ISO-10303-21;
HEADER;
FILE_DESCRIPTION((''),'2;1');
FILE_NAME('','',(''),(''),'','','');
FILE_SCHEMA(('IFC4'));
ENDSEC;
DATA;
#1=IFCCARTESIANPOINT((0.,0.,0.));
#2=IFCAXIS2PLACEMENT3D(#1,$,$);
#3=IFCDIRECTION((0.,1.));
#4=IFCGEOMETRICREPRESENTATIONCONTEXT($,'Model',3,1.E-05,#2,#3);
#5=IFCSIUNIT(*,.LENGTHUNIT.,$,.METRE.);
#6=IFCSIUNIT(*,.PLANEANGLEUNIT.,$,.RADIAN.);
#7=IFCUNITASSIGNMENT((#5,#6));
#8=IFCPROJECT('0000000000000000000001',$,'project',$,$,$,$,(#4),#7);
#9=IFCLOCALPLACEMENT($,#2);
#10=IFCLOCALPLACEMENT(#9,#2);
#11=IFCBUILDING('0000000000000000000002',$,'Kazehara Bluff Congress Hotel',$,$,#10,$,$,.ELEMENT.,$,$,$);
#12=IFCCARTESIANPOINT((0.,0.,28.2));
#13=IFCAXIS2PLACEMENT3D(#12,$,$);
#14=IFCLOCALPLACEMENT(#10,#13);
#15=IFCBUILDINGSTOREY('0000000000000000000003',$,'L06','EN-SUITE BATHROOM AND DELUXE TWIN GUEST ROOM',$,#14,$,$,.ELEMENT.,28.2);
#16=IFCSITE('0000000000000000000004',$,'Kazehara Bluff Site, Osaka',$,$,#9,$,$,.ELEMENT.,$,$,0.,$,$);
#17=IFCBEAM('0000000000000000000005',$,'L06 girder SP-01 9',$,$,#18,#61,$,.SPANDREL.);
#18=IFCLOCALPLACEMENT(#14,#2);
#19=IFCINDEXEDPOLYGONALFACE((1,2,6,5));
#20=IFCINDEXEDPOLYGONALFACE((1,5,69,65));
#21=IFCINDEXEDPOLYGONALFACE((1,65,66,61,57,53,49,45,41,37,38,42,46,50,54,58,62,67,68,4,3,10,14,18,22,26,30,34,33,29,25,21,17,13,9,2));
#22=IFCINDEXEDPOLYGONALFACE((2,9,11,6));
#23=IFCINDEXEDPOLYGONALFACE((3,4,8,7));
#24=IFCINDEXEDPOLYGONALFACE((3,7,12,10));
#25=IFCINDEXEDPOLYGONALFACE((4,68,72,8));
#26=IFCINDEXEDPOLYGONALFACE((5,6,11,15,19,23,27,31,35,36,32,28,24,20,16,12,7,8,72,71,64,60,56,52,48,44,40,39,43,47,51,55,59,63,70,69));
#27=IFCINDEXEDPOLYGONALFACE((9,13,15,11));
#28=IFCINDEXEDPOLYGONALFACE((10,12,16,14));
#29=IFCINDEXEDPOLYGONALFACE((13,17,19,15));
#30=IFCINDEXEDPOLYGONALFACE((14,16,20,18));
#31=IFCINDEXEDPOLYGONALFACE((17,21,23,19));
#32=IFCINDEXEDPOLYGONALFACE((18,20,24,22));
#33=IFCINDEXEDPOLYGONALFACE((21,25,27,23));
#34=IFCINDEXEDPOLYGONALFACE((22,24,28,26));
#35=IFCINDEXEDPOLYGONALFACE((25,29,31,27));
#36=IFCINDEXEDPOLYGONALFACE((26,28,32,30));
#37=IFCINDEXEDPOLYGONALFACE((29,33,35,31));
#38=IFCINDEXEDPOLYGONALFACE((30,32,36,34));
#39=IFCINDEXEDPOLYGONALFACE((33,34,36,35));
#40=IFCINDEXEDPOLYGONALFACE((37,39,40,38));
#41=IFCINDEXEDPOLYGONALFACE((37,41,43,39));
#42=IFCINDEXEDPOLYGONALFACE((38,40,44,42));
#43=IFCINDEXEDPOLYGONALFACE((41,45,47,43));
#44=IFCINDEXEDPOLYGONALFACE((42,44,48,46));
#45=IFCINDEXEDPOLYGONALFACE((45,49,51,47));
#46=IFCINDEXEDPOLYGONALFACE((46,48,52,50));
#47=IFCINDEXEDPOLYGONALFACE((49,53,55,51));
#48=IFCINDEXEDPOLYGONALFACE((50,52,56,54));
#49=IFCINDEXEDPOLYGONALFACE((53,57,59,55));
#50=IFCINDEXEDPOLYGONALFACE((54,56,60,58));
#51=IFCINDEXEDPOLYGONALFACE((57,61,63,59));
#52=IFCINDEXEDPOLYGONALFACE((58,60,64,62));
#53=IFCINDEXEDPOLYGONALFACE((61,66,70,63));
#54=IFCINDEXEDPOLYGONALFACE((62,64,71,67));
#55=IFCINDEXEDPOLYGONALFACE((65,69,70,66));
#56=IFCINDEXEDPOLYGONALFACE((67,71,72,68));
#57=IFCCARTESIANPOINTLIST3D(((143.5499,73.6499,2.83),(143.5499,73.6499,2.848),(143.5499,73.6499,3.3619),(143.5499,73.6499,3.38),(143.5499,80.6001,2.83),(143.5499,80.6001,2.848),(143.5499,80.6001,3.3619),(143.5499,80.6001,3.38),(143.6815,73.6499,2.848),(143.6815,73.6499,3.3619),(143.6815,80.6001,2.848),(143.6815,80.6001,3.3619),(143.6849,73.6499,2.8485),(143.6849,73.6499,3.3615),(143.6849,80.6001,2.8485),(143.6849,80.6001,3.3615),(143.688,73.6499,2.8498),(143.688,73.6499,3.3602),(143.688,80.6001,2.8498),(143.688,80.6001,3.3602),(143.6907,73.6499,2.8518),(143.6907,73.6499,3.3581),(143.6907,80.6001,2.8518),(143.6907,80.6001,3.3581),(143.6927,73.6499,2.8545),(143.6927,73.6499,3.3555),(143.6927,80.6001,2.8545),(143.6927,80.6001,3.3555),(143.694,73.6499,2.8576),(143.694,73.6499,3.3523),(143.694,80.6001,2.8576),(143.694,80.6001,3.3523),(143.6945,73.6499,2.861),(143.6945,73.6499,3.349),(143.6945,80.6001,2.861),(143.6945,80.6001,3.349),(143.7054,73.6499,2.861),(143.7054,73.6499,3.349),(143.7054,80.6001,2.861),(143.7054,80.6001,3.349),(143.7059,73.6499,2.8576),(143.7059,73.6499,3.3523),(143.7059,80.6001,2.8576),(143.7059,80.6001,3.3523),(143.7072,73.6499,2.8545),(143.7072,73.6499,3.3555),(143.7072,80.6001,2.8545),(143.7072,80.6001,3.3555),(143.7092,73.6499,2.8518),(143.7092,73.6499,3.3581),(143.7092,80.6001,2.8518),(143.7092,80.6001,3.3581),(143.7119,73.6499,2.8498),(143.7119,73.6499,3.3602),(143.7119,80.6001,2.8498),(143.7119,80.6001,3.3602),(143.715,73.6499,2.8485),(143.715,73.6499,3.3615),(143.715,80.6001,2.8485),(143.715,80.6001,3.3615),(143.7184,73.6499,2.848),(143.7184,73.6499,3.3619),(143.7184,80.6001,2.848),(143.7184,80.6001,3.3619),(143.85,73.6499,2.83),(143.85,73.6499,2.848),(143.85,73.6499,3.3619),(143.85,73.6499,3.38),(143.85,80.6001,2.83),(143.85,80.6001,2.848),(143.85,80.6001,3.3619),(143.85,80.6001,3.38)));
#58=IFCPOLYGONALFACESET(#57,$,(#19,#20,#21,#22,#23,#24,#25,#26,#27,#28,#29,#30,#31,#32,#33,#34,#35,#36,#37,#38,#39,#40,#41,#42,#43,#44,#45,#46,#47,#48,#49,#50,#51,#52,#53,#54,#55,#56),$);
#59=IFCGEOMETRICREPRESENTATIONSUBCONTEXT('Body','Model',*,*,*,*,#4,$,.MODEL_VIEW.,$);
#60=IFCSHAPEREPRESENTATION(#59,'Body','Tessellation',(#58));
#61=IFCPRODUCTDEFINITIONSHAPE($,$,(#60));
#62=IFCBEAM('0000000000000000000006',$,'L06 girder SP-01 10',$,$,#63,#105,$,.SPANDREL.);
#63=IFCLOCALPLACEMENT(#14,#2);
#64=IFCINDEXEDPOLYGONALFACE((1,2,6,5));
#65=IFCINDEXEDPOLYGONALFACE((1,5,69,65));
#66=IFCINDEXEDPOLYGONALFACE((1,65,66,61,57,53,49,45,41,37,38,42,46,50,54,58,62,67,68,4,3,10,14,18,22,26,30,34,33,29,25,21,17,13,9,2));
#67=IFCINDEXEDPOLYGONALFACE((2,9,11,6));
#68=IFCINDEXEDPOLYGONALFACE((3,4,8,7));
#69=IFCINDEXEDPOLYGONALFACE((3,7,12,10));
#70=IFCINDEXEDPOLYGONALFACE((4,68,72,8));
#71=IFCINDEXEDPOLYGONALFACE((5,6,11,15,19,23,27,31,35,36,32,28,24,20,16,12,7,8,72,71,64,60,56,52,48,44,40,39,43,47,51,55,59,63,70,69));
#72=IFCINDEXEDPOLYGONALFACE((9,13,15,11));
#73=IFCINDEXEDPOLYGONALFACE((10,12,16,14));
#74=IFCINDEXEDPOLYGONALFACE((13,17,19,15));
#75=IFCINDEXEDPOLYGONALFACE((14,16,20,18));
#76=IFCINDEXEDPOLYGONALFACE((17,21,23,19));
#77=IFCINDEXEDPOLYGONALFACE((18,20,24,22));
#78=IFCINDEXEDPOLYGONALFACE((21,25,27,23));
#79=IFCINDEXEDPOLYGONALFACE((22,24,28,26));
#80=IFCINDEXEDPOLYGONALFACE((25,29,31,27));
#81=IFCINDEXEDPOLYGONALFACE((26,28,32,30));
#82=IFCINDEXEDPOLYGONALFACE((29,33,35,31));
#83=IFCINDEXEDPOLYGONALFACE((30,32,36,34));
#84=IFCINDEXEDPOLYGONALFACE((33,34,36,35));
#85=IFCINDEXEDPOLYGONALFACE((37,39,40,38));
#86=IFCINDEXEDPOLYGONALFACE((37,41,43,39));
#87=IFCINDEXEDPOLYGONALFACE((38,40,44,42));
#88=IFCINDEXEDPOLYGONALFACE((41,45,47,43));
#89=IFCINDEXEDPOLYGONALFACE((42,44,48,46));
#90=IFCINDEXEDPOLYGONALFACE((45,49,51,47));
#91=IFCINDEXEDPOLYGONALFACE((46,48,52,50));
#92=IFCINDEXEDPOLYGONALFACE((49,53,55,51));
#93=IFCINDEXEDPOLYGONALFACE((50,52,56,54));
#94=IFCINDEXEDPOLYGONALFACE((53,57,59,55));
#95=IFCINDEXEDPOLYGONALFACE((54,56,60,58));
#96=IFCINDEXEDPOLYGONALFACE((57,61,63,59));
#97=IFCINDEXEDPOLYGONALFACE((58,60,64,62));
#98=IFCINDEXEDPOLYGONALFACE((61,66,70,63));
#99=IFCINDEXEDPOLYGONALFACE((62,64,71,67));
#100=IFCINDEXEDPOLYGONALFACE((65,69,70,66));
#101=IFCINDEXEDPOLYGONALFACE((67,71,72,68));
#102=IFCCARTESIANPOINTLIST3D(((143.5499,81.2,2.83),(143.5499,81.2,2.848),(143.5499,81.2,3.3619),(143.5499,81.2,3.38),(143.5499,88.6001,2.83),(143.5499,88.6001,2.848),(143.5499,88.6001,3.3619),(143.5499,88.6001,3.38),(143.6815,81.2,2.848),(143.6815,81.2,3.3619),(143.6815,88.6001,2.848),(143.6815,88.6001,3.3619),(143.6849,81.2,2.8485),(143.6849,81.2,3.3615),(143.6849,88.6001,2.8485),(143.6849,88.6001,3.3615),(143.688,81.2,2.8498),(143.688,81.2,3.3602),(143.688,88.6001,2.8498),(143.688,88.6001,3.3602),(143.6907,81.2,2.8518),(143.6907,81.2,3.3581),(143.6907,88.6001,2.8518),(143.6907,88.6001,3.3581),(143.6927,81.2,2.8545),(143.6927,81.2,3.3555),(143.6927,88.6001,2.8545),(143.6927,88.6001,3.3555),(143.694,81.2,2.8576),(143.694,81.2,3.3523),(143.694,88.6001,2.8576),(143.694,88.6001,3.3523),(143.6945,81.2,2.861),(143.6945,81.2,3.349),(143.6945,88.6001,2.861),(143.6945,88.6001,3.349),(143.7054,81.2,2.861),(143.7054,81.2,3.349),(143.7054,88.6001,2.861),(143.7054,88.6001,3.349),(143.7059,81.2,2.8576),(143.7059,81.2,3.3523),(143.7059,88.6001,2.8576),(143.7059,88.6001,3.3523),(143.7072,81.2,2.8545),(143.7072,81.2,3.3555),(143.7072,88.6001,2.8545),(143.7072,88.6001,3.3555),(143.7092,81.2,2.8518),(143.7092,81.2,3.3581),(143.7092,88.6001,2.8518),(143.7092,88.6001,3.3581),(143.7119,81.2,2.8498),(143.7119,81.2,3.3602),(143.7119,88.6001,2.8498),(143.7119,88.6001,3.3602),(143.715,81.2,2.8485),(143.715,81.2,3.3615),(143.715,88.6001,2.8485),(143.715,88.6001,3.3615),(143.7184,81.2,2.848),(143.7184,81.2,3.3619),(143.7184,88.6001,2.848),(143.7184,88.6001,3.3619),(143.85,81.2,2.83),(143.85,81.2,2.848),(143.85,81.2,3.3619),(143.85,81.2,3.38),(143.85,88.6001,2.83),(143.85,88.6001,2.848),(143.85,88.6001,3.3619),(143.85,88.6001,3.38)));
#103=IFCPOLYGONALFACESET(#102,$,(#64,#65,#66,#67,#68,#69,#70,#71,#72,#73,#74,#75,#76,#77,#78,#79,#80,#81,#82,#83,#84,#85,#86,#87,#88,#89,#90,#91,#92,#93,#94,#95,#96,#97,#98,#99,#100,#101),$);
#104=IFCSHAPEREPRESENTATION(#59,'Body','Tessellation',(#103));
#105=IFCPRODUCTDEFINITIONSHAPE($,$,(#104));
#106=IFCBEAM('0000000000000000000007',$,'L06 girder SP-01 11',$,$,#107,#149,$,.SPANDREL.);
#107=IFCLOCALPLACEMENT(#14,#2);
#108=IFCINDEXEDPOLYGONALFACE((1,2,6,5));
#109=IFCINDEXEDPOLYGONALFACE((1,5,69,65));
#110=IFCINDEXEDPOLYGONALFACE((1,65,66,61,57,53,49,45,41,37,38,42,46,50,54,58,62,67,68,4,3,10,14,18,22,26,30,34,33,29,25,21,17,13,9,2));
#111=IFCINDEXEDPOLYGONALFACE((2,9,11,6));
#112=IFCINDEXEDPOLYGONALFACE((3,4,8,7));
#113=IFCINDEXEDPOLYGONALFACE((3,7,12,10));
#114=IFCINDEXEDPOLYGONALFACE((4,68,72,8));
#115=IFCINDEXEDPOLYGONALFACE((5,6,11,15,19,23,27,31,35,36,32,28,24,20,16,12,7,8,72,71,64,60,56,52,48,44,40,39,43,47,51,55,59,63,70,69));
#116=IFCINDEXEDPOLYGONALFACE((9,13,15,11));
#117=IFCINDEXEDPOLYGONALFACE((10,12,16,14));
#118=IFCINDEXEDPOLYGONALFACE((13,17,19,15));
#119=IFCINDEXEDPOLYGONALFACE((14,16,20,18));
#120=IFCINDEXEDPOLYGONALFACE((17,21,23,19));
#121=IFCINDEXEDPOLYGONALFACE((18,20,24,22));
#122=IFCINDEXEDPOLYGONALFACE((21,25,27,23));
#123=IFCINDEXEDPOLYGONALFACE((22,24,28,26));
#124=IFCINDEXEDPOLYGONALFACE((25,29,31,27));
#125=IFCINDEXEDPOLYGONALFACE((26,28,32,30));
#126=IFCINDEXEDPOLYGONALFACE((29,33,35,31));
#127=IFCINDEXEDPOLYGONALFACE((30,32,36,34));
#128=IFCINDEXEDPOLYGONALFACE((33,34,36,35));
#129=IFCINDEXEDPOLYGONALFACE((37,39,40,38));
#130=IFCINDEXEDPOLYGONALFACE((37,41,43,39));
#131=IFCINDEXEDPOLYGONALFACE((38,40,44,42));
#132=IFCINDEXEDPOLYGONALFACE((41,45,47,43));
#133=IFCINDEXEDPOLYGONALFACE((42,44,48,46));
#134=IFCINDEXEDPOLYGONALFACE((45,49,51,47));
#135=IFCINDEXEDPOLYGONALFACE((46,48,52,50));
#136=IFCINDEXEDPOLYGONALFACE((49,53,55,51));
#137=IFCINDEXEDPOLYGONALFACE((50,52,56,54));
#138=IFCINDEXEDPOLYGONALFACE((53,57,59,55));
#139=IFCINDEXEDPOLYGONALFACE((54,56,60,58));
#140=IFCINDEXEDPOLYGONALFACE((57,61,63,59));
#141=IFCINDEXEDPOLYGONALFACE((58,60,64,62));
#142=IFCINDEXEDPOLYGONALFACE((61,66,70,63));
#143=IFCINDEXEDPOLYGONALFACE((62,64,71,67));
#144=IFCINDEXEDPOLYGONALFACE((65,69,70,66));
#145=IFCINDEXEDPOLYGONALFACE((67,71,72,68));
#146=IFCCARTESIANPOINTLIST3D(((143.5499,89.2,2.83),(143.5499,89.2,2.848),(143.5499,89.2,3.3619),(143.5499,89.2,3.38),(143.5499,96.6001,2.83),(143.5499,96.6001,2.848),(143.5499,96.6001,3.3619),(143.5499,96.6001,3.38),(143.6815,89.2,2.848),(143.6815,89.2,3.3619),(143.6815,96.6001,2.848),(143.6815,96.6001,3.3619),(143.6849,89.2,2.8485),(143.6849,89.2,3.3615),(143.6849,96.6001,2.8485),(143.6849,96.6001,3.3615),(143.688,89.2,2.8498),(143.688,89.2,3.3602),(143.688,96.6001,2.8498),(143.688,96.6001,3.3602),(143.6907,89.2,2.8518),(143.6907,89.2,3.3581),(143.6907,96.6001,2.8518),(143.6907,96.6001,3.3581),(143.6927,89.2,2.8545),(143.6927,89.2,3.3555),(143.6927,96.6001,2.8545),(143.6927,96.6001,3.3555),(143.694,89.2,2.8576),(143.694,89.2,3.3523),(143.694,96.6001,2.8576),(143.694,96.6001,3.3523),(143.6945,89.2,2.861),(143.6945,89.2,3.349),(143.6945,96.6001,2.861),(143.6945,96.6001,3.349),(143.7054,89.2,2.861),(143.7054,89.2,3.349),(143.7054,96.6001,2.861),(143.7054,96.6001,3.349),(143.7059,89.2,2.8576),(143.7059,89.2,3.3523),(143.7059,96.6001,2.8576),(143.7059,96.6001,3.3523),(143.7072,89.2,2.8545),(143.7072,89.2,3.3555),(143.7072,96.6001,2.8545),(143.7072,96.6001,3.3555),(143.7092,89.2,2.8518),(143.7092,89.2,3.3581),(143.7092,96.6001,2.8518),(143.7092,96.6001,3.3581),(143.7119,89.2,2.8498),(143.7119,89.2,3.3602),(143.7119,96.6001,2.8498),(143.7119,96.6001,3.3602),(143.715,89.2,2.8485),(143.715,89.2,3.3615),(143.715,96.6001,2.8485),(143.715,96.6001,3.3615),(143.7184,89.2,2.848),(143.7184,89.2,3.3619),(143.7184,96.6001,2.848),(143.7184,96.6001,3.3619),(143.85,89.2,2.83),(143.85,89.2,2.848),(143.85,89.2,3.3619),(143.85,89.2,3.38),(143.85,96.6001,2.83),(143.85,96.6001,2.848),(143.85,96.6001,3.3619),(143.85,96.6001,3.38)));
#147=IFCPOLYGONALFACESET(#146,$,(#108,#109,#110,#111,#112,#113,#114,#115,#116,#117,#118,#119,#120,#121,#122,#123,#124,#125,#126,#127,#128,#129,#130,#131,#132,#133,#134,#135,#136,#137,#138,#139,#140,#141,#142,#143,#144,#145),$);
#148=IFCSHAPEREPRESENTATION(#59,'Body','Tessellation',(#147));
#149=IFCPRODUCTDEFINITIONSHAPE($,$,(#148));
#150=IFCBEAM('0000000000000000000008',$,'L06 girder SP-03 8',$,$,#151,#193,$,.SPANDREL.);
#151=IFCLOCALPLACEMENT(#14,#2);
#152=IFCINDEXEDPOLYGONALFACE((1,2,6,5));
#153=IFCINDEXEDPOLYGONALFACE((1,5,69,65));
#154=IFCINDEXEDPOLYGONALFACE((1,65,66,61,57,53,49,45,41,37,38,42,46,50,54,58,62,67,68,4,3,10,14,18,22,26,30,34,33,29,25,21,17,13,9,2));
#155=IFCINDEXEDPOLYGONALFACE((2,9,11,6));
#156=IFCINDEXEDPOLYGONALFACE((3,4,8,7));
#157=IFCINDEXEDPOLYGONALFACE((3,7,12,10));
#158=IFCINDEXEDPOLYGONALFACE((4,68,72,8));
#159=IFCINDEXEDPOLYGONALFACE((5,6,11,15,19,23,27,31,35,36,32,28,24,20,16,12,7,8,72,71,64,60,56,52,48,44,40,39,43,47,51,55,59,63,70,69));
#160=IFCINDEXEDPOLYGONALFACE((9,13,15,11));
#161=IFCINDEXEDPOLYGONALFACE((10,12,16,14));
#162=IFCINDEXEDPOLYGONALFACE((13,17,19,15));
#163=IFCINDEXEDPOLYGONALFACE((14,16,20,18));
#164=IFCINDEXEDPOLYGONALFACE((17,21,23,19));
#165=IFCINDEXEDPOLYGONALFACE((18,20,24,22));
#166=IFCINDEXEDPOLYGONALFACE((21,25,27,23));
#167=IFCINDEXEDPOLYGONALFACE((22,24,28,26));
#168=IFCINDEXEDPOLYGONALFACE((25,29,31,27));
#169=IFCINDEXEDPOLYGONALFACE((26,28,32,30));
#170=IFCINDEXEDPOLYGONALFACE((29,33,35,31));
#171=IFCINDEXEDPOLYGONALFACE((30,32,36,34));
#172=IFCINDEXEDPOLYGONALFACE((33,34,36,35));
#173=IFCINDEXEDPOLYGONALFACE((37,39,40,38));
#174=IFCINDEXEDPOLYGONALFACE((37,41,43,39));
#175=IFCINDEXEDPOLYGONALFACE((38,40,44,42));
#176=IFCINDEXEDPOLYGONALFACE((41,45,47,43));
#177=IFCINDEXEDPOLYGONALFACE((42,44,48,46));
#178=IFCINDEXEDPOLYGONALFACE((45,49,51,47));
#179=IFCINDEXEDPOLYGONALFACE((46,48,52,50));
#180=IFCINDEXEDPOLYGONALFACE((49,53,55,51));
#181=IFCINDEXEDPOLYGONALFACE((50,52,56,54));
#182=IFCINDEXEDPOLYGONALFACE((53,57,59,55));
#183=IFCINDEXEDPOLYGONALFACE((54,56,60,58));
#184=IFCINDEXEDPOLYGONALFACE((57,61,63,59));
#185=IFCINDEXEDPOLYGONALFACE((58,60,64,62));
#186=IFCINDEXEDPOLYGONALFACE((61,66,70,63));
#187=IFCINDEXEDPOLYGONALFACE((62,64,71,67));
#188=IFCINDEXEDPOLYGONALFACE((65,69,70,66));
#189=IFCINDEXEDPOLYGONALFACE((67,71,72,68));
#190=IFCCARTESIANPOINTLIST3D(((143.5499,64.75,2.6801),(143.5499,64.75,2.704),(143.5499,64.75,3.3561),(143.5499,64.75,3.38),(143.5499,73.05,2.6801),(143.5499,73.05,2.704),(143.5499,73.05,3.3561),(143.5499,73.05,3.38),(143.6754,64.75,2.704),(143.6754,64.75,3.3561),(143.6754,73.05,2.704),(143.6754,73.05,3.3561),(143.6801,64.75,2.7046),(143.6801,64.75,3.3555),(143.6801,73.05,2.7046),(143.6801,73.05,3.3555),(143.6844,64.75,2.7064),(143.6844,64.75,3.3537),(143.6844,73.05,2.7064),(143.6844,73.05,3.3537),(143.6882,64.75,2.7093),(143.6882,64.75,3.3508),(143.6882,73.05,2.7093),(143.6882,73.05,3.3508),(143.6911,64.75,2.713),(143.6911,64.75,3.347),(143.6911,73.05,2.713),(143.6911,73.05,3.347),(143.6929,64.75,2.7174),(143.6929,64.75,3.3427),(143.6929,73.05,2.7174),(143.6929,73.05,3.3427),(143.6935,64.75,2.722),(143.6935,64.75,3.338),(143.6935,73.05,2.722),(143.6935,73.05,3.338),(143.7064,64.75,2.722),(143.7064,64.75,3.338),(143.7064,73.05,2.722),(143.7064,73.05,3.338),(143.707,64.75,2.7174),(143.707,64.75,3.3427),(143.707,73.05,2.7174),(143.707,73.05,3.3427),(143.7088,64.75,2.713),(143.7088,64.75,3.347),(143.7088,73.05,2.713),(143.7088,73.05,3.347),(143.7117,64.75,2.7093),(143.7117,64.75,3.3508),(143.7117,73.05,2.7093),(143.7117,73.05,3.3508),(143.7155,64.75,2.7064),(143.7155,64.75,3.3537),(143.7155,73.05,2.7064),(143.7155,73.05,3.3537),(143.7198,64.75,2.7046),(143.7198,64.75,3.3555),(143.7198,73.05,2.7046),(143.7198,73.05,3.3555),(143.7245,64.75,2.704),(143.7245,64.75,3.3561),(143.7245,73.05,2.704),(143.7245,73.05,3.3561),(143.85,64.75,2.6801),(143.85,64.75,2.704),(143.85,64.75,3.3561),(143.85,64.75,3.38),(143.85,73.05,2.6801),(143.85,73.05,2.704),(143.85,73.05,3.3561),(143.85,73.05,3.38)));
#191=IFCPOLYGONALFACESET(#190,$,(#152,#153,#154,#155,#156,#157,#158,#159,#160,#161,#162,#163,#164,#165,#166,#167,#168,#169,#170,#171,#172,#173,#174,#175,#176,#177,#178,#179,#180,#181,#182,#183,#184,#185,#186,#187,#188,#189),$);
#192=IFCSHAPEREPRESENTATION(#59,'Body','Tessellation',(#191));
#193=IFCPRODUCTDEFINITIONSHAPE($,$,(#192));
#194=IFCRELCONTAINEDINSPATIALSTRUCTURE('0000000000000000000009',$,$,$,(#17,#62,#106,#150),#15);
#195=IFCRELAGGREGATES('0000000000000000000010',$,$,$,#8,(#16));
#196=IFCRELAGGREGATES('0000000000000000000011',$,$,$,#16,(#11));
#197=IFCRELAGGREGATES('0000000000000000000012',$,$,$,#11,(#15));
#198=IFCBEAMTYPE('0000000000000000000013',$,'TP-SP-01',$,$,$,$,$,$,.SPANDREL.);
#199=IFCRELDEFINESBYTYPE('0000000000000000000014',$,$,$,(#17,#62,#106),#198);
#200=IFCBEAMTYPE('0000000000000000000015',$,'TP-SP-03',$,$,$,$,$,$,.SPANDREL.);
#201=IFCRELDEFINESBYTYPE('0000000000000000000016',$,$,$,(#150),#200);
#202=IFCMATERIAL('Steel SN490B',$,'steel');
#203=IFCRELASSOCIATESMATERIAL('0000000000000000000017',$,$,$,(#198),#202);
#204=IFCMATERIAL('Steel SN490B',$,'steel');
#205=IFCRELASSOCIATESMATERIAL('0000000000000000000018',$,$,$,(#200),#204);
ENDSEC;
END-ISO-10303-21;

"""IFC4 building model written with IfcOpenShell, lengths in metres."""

from ifc_helpers import new_model, si_unit, direction, frame, origin, origin_2d, place, context, subcontext, project, spatial, i_section, extrude, material, material_profile, profile_set, type_object, element, save


model = new_model("IFC4")

# Units and contexts
model_context = context("Model", 3, precision=1e-05, world=origin(), true_north=direction((0.0, 1.0)))
body_context = subcontext(model_context, "Body", "Model", "MODEL_VIEW")
ifc_project = project(units=[si_unit("LENGTHUNIT", "METRE"), si_unit("PLANEANGLEUNIT", "RADIAN")], contexts=[model_context])

# Site, building, storey
site_placement = place(None, origin())
site = spatial("IfcSite", under=ifc_project, at=site_placement, Name="Kazehara Bluff Site, Osaka", CompositionType="ELEMENT", RefElevation=0.0)
building_placement = place(site_placement, origin())
building = spatial("IfcBuilding", under=site, at=building_placement, Name="Kazehara Bluff Congress Hotel", CompositionType="ELEMENT")
storey_placement = place(building_placement, frame((0.0, 0.0, 28.2)))
storey = spatial("IfcBuildingStorey", under=building, at=storey_placement, Name="L06", Description="EN-SUITE BATHROOM AND DELUXE TWIN GUEST ROOM", CompositionType="ELEMENT", Elevation=28.2)

# Beams
ifc_material_1 = material(Name="Steel SN490B", Category="steel")
ifc_material_profile_1 = material_profile(ifc_material_1, i_section(OverallWidth=0.3, OverallDepth=0.55, WebThickness=0.011, FlangeThickness=0.0181, FilletRadius=0.0129, at=origin_2d()))
ifc_profile_set_1 = profile_set([ifc_material_profile_1], Name="Steel SN490B")
beam_type_1 = type_object("IfcBeamType", Name="TP-SP-01", PredefinedType="SPANDREL", material=ifc_profile_set_1)
beam_1_placement = place(storey_placement, frame((143.7, 73.6499, 3.105), z_axis=(0.0, 1.0, 0.0), x_axis=(-1.0, 0.0, 0.0)))
element("IfcBeam", 1, at=beam_1_placement, inside=storey, type_object=beam_type_1, Name="L06 girder SP-01 9", PredefinedType="SPANDREL", context=body_context, shape_type="SweptSolid", body=[
    extrude(i_section(OverallWidth=0.3, OverallDepth=0.55, WebThickness=0.011, FlangeThickness=0.0181, FilletRadius=0.0129, at=origin_2d()), origin(), (0.0, 0.0, 1.0), 6.9502),
])
for number, where, z_axis, x_axis, name in (
    (2, (143.7, 81.2, 3.105), (0.0, 1.0, 0.0), (-1.0, 0.0, 0.0), "L06 girder SP-01 10"),
    (3, (143.7, 89.2, 3.105), (0.0, 1.0, 0.0), (-1.0, 0.0, 0.0), "L06 girder SP-01 11"),
):
    element("IfcBeam", number, at=place(storey_placement, frame(where, z_axis=z_axis, x_axis=x_axis)), inside=storey, type_object=beam_type_1, Name=name, PredefinedType="SPANDREL", context=body_context, shape_type="SweptSolid", body=[
        extrude(i_section(OverallWidth=0.3, OverallDepth=0.55, WebThickness=0.011, FlangeThickness=0.0181, FilletRadius=0.0129, at=origin_2d()), origin(), (0.0, 0.0, 1.0), 7.4001),
    ])
ifc_material_2 = material(Name="Steel SN490B", Category="steel")
ifc_material_profile_2 = material_profile(ifc_material_2, i_section(OverallWidth=0.3, OverallDepth=0.7, WebThickness=0.0129, FlangeThickness=0.0239, FilletRadius=0.0181, at=origin_2d()))
ifc_profile_set_2 = profile_set([ifc_material_profile_2], Name="Steel SN490B")
beam_type_2 = type_object("IfcBeamType", Name="TP-SP-03", PredefinedType="SPANDREL", material=ifc_profile_set_2)
beam_2_placement = place(storey_placement, frame((143.7, 64.75, 3.03), z_axis=(0.0, 1.0, 0.0), x_axis=(-1.0, 0.0, 0.0)))
element("IfcBeam", 4, at=beam_2_placement, inside=storey, type_object=beam_type_2, Name="L06 girder SP-03 8", PredefinedType="SPANDREL", context=body_context, shape_type="SweptSolid", body=[
    extrude(i_section(OverallWidth=0.3, OverallDepth=0.7, WebThickness=0.0129, FlangeThickness=0.0239, FilletRadius=0.0181, at=origin_2d()), origin(), (0.0, 0.0, 1.0), 8.3),
])

save(model, "model.ifc")
